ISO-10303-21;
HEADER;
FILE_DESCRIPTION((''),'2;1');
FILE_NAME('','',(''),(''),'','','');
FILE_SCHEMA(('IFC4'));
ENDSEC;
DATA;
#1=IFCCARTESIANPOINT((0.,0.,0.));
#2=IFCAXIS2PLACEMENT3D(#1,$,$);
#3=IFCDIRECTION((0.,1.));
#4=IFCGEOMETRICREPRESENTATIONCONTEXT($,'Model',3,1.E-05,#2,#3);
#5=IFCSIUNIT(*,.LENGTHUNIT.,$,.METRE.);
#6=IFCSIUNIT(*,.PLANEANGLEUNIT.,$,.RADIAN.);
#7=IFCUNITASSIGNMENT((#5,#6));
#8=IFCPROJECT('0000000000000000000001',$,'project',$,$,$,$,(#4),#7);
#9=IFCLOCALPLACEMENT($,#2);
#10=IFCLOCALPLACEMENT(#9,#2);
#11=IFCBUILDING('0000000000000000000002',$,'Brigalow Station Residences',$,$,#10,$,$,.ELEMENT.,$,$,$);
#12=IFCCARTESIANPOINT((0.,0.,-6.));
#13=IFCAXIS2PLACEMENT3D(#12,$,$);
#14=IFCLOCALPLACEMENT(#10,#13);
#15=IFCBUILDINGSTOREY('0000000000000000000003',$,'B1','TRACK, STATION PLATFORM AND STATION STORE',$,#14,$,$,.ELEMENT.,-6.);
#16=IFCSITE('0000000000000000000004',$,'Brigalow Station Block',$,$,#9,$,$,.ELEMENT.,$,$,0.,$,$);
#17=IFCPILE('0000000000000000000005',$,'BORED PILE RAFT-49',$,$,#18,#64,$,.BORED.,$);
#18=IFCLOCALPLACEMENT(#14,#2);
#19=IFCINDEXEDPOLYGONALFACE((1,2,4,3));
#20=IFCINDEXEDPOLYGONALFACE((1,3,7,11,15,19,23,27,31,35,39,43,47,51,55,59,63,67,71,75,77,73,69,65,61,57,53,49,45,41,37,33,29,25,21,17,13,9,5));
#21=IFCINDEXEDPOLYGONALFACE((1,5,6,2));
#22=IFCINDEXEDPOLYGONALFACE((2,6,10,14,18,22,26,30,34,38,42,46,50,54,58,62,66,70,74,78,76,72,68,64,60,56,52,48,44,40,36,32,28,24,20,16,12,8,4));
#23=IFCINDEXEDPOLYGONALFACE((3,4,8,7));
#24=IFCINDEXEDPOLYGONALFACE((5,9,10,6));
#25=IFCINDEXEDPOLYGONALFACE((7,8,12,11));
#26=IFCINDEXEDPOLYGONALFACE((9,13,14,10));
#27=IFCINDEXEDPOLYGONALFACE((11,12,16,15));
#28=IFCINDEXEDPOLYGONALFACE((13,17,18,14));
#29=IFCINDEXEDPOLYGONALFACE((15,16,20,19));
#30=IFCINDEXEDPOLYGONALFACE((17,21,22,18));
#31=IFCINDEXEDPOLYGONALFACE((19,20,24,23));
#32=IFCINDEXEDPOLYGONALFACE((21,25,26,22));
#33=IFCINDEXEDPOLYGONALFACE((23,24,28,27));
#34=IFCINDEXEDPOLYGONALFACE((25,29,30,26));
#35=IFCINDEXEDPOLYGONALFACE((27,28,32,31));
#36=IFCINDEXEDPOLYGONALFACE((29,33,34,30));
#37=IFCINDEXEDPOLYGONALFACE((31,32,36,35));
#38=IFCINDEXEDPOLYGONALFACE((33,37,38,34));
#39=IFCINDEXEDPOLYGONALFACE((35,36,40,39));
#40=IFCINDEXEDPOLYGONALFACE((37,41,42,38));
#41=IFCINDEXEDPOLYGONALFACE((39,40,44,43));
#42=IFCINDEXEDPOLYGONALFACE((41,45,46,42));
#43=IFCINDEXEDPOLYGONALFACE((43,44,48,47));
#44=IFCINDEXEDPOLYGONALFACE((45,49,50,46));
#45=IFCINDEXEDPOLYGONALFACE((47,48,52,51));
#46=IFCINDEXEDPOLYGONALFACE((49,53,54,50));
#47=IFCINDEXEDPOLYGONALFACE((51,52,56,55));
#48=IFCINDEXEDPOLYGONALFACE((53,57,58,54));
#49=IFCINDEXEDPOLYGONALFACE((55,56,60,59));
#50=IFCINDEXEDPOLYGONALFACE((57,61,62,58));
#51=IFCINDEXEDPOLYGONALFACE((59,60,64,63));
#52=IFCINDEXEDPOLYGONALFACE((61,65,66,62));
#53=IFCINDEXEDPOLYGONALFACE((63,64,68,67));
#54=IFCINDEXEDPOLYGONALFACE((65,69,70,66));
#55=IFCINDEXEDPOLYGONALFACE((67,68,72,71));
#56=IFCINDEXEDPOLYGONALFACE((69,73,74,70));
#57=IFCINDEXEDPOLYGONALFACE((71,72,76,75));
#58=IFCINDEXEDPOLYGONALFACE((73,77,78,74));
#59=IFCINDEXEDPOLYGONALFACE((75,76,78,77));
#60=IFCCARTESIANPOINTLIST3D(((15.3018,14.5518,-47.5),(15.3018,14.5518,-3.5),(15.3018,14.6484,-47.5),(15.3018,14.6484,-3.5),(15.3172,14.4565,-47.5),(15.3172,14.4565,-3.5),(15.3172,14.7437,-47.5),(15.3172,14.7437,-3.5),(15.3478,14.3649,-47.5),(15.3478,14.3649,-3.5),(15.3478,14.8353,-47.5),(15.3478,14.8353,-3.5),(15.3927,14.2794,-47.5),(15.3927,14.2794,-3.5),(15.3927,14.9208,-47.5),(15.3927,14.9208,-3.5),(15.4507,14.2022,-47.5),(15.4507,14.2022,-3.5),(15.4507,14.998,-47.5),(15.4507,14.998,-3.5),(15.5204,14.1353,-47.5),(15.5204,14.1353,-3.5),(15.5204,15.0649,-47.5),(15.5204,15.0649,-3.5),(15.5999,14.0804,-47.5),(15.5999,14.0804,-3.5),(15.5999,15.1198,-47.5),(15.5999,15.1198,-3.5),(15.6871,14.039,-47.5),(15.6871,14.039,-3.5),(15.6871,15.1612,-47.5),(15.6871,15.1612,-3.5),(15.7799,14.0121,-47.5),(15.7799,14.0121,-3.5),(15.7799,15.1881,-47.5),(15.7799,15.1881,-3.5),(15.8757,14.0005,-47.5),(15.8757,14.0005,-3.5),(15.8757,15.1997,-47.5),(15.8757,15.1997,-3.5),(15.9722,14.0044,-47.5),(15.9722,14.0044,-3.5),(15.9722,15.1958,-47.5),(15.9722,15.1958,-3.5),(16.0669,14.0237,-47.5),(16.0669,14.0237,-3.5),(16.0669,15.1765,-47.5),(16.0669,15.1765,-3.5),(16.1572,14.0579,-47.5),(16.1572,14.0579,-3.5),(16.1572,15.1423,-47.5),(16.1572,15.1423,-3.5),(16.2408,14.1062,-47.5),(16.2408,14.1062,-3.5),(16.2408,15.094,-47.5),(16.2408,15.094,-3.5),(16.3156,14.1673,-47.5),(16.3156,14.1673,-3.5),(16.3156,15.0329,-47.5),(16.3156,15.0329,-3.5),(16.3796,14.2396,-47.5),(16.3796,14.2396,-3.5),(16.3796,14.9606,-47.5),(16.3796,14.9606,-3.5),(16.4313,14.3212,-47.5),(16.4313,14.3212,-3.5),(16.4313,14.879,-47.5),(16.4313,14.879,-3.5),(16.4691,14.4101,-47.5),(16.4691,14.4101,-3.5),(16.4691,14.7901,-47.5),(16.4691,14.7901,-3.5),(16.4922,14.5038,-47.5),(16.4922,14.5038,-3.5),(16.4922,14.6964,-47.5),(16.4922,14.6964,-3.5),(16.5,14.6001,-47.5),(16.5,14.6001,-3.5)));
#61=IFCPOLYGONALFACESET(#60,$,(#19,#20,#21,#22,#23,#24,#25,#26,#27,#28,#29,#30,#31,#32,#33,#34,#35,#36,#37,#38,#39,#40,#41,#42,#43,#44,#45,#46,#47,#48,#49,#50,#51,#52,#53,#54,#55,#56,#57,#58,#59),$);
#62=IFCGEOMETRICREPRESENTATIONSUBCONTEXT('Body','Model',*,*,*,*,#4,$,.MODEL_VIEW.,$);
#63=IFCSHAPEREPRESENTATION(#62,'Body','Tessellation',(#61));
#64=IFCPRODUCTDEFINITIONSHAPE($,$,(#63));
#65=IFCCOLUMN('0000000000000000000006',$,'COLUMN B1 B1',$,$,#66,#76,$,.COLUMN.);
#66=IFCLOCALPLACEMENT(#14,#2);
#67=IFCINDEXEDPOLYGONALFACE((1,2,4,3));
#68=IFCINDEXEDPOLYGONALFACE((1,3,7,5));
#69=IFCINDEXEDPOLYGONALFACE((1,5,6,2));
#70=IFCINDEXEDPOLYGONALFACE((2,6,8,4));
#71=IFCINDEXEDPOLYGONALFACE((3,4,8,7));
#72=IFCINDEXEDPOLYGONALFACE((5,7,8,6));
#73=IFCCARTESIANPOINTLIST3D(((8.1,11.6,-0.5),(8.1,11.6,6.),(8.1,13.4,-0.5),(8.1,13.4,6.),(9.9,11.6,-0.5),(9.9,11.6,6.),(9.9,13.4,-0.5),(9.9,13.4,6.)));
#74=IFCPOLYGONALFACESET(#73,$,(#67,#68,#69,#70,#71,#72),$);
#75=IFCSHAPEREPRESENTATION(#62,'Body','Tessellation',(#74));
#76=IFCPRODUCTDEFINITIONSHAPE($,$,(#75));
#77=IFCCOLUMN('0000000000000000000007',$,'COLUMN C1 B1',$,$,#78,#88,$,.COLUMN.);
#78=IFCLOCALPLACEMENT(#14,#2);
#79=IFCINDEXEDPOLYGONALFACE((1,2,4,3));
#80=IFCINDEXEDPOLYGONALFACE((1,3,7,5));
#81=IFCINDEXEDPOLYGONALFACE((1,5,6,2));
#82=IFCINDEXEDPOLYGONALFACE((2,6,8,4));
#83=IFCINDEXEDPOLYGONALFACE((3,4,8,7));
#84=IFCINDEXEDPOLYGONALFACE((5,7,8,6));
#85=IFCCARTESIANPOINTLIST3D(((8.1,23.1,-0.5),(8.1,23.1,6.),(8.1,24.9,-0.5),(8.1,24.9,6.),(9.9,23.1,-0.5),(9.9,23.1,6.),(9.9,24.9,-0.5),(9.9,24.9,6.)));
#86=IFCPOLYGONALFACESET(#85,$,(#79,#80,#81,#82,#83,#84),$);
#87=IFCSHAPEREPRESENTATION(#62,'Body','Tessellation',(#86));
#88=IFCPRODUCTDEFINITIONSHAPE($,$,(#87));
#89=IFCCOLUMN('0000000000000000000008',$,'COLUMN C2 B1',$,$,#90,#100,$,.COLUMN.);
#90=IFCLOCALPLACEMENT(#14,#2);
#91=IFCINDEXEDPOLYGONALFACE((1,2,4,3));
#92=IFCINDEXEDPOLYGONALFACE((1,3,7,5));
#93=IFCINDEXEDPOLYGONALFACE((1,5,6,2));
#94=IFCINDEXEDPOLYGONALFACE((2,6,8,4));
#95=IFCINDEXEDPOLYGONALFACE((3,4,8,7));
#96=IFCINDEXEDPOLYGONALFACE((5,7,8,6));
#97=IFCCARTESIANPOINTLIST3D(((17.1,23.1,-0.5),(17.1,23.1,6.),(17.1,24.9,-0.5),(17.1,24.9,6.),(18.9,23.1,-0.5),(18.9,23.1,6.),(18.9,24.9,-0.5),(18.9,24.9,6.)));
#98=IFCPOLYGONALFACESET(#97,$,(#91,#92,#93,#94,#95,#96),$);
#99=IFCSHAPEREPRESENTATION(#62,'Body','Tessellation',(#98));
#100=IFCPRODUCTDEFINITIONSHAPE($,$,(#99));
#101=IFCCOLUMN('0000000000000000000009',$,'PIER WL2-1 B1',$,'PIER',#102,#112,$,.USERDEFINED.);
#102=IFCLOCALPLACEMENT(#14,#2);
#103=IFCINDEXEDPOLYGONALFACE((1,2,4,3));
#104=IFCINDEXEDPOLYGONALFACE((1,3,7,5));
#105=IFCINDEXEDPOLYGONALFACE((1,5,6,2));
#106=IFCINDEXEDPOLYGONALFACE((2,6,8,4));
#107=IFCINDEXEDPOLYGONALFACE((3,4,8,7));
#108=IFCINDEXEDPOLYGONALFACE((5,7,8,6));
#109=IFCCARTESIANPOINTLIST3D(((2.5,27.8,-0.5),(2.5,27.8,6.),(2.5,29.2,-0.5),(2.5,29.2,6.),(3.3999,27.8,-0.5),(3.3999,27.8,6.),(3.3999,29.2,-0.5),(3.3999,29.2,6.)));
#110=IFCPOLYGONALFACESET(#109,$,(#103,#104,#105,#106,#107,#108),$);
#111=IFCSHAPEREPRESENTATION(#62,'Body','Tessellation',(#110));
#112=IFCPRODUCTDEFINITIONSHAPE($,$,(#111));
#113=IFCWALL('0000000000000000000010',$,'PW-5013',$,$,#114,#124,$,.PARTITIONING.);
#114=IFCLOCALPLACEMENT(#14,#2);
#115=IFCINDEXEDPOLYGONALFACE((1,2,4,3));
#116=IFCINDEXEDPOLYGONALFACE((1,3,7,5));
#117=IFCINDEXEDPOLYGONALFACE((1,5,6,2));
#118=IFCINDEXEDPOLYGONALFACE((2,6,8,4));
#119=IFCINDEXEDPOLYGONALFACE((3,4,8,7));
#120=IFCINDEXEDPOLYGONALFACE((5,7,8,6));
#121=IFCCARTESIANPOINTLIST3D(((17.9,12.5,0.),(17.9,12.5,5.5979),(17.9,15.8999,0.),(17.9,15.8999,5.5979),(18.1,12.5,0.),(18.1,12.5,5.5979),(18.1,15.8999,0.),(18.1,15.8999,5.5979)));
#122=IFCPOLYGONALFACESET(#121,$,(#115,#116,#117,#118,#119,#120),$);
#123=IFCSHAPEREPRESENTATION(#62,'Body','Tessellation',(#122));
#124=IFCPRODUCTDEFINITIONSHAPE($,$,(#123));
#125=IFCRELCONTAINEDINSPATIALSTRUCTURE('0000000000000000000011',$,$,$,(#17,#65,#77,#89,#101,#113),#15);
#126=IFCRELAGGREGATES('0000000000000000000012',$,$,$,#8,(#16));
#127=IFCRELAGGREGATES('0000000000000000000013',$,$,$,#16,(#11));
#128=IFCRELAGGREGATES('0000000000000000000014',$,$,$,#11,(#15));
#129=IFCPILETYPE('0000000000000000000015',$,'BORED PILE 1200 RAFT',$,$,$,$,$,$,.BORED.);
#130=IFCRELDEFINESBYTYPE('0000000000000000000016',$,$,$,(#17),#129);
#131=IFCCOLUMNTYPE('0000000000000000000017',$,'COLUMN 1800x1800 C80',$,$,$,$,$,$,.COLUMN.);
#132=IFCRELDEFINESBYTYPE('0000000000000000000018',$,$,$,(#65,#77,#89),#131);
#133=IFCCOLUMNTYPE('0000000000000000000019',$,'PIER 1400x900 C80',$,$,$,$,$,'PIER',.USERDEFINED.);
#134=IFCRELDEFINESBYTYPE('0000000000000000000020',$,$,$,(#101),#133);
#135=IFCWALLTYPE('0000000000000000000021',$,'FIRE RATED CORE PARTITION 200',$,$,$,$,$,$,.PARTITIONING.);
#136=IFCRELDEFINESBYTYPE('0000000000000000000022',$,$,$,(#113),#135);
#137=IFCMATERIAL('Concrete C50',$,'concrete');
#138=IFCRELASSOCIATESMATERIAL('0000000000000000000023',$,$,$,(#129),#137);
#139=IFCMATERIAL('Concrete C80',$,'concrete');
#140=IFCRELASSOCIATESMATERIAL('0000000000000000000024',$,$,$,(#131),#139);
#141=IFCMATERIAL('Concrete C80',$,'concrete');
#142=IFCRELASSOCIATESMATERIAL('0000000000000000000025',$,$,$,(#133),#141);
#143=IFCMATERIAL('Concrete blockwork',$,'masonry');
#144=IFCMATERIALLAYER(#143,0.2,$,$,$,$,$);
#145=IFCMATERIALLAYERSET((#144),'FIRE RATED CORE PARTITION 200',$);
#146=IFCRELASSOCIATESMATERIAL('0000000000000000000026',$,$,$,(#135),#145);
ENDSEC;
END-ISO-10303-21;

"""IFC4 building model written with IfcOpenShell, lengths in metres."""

from ifc_helpers import new_model, si_unit, direction, frame, frame_2d, origin, origin_2d, place, context, subcontext, project, spatial, rectangle, circle, extrude, material, layer, layer_set, material_profile, profile_set, type_object, element, save


model = new_model("IFC4")

# Units and contexts
model_context = context("Model", 3, precision=1e-05, world=origin(), true_north=direction((0.0, 1.0)))
body_context = subcontext(model_context, "Body", "Model", "MODEL_VIEW")
ifc_project = project(units=[si_unit("LENGTHUNIT", "METRE"), si_unit("PLANEANGLEUNIT", "RADIAN")], contexts=[model_context])

# Site, building, storey
site_placement = place(None, origin())
site = spatial("IfcSite", under=ifc_project, at=site_placement, Name="Brigalow Station Block", CompositionType="ELEMENT", RefElevation=0.0)
building_placement = place(site_placement, origin())
building = spatial("IfcBuilding", under=site, at=building_placement, Name="Brigalow Station Residences", CompositionType="ELEMENT")
storey_placement = place(building_placement, frame((0.0, 0.0, -6.0)))
storey = spatial("IfcBuildingStorey", under=building, at=storey_placement, Name="B1", Description="TRACK, STATION PLATFORM AND STATION STORE", CompositionType="ELEMENT", Elevation=-6.0)

# Pile
ifc_material_1 = material(Name="Concrete C50", Category="concrete")
ifc_material_profile_1 = material_profile(ifc_material_1, circle(Radius=0.6001, at=origin_2d()), Name="BP1200")
ifc_profile_set_1 = profile_set([ifc_material_profile_1], Name="Concrete C50")
pile_type_1 = type_object("IfcPileType", Name="BORED PILE 1200 RAFT", PredefinedType="BORED", material=ifc_profile_set_1)
for number, where, z_axis, x_axis, name in (
    (1, (15.8999, 14.6001, -3.5), (0.0, 0.0, -1.0), (1.0, 0.0, 0.0), "BORED PILE RAFT-49"),
):
    element("IfcPile", number, at=place(storey_placement, frame(where, z_axis=z_axis, x_axis=x_axis)), inside=storey, type_object=pile_type_1, Name=name, PredefinedType="BORED", context=body_context, shape_type="SweptSolid", body=[
        extrude(circle(Radius=0.6001, at=origin_2d()), origin(), (0.0, 0.0, 1.0), 44.0),
    ])

# Columns
ifc_material_2 = material(Name="Concrete C80", Category="concrete")
ifc_material_profile_2 = material_profile(ifc_material_2, rectangle(XDim=1.8, YDim=1.8, at=origin_2d()), Name="RC1800x1800")
ifc_profile_set_2 = profile_set([ifc_material_profile_2], Name="Concrete C80")
column_type_1 = type_object("IfcColumnType", Name="COLUMN 1800x1800 C80", PredefinedType="COLUMN", material=ifc_profile_set_2)
for number, where, z_axis, x_axis, name in (
    (2, (9.0, 12.5, -0.5), (0.0, 0.0, 1.0), (1.0, 0.0, 0.0), "COLUMN B1 B1"),
    (3, (9.0, 24.0, -0.5), (0.0, 0.0, 1.0), (1.0, 0.0, 0.0), "COLUMN C1 B1"),
    (4, (18.0, 24.0, -0.5), (0.0, 0.0, 1.0), (1.0, 0.0, 0.0), "COLUMN C2 B1"),
):
    element("IfcColumn", number, at=place(storey_placement, frame(where, z_axis=z_axis, x_axis=x_axis)), inside=storey, type_object=column_type_1, Name=name, PredefinedType="COLUMN", context=body_context, shape_type="SweptSolid", body=[
        extrude(rectangle(XDim=1.8, YDim=1.8, at=origin_2d()), origin(), (0.0, 0.0, 1.0), 6.5),
    ])
ifc_material_3 = material(Name="Concrete C80", Category="concrete")
ifc_material_profile_3 = material_profile(ifc_material_3, rectangle(XDim=1.3999, YDim=0.8999, at=origin_2d()), Name="RC1400x900")
ifc_profile_set_3 = profile_set([ifc_material_profile_3], Name="Concrete C80")
column_type_2 = type_object("IfcColumnType", Name="PIER 1400x900 C80", ElementType="PIER", PredefinedType="USERDEFINED", material=ifc_profile_set_3)
column_placement = place(storey_placement, frame((2.95, 28.5, -0.5), z_axis=(0.0, 0.0, 1.0), x_axis=(0.0, -1.0, 0.0)))
element("IfcColumn", 5, at=column_placement, inside=storey, type_object=column_type_2, Name="PIER WL2-1 B1", ObjectType="PIER", PredefinedType="USERDEFINED", context=body_context, shape_type="SweptSolid", body=[
    extrude(rectangle(XDim=1.3999, YDim=0.8999, at=origin_2d()), origin(), (0.0, 0.0, 1.0), 6.5),
])

# Wall
ifc_material_4 = material(Name="Concrete blockwork", Category="masonry")
ifc_layer = layer(ifc_material_4, 0.2)
ifc_layer_set = layer_set([ifc_layer], Name="FIRE RATED CORE PARTITION 200")
wall_type = type_object("IfcWallType", Name="FIRE RATED CORE PARTITION 200", PredefinedType="PARTITIONING", material=ifc_layer_set)
wall_placement = place(storey_placement, frame((18.0, 12.5, 0.0), z_axis=(0.0, 0.0, 1.0), x_axis=(0.0, 1.0, 0.0)))
element("IfcWall", 6, at=wall_placement, inside=storey, type_object=wall_type, Name="PW-5013", PredefinedType="PARTITIONING", context=body_context, shape_type="SweptSolid", body=[
    extrude(rectangle(XDim=3.3999, YDim=0.2, at=frame_2d((1.7, 0.0))), origin(), (0.0, 0.0, 1.0), 5.5979),
])

save(model, "model.ifc")
